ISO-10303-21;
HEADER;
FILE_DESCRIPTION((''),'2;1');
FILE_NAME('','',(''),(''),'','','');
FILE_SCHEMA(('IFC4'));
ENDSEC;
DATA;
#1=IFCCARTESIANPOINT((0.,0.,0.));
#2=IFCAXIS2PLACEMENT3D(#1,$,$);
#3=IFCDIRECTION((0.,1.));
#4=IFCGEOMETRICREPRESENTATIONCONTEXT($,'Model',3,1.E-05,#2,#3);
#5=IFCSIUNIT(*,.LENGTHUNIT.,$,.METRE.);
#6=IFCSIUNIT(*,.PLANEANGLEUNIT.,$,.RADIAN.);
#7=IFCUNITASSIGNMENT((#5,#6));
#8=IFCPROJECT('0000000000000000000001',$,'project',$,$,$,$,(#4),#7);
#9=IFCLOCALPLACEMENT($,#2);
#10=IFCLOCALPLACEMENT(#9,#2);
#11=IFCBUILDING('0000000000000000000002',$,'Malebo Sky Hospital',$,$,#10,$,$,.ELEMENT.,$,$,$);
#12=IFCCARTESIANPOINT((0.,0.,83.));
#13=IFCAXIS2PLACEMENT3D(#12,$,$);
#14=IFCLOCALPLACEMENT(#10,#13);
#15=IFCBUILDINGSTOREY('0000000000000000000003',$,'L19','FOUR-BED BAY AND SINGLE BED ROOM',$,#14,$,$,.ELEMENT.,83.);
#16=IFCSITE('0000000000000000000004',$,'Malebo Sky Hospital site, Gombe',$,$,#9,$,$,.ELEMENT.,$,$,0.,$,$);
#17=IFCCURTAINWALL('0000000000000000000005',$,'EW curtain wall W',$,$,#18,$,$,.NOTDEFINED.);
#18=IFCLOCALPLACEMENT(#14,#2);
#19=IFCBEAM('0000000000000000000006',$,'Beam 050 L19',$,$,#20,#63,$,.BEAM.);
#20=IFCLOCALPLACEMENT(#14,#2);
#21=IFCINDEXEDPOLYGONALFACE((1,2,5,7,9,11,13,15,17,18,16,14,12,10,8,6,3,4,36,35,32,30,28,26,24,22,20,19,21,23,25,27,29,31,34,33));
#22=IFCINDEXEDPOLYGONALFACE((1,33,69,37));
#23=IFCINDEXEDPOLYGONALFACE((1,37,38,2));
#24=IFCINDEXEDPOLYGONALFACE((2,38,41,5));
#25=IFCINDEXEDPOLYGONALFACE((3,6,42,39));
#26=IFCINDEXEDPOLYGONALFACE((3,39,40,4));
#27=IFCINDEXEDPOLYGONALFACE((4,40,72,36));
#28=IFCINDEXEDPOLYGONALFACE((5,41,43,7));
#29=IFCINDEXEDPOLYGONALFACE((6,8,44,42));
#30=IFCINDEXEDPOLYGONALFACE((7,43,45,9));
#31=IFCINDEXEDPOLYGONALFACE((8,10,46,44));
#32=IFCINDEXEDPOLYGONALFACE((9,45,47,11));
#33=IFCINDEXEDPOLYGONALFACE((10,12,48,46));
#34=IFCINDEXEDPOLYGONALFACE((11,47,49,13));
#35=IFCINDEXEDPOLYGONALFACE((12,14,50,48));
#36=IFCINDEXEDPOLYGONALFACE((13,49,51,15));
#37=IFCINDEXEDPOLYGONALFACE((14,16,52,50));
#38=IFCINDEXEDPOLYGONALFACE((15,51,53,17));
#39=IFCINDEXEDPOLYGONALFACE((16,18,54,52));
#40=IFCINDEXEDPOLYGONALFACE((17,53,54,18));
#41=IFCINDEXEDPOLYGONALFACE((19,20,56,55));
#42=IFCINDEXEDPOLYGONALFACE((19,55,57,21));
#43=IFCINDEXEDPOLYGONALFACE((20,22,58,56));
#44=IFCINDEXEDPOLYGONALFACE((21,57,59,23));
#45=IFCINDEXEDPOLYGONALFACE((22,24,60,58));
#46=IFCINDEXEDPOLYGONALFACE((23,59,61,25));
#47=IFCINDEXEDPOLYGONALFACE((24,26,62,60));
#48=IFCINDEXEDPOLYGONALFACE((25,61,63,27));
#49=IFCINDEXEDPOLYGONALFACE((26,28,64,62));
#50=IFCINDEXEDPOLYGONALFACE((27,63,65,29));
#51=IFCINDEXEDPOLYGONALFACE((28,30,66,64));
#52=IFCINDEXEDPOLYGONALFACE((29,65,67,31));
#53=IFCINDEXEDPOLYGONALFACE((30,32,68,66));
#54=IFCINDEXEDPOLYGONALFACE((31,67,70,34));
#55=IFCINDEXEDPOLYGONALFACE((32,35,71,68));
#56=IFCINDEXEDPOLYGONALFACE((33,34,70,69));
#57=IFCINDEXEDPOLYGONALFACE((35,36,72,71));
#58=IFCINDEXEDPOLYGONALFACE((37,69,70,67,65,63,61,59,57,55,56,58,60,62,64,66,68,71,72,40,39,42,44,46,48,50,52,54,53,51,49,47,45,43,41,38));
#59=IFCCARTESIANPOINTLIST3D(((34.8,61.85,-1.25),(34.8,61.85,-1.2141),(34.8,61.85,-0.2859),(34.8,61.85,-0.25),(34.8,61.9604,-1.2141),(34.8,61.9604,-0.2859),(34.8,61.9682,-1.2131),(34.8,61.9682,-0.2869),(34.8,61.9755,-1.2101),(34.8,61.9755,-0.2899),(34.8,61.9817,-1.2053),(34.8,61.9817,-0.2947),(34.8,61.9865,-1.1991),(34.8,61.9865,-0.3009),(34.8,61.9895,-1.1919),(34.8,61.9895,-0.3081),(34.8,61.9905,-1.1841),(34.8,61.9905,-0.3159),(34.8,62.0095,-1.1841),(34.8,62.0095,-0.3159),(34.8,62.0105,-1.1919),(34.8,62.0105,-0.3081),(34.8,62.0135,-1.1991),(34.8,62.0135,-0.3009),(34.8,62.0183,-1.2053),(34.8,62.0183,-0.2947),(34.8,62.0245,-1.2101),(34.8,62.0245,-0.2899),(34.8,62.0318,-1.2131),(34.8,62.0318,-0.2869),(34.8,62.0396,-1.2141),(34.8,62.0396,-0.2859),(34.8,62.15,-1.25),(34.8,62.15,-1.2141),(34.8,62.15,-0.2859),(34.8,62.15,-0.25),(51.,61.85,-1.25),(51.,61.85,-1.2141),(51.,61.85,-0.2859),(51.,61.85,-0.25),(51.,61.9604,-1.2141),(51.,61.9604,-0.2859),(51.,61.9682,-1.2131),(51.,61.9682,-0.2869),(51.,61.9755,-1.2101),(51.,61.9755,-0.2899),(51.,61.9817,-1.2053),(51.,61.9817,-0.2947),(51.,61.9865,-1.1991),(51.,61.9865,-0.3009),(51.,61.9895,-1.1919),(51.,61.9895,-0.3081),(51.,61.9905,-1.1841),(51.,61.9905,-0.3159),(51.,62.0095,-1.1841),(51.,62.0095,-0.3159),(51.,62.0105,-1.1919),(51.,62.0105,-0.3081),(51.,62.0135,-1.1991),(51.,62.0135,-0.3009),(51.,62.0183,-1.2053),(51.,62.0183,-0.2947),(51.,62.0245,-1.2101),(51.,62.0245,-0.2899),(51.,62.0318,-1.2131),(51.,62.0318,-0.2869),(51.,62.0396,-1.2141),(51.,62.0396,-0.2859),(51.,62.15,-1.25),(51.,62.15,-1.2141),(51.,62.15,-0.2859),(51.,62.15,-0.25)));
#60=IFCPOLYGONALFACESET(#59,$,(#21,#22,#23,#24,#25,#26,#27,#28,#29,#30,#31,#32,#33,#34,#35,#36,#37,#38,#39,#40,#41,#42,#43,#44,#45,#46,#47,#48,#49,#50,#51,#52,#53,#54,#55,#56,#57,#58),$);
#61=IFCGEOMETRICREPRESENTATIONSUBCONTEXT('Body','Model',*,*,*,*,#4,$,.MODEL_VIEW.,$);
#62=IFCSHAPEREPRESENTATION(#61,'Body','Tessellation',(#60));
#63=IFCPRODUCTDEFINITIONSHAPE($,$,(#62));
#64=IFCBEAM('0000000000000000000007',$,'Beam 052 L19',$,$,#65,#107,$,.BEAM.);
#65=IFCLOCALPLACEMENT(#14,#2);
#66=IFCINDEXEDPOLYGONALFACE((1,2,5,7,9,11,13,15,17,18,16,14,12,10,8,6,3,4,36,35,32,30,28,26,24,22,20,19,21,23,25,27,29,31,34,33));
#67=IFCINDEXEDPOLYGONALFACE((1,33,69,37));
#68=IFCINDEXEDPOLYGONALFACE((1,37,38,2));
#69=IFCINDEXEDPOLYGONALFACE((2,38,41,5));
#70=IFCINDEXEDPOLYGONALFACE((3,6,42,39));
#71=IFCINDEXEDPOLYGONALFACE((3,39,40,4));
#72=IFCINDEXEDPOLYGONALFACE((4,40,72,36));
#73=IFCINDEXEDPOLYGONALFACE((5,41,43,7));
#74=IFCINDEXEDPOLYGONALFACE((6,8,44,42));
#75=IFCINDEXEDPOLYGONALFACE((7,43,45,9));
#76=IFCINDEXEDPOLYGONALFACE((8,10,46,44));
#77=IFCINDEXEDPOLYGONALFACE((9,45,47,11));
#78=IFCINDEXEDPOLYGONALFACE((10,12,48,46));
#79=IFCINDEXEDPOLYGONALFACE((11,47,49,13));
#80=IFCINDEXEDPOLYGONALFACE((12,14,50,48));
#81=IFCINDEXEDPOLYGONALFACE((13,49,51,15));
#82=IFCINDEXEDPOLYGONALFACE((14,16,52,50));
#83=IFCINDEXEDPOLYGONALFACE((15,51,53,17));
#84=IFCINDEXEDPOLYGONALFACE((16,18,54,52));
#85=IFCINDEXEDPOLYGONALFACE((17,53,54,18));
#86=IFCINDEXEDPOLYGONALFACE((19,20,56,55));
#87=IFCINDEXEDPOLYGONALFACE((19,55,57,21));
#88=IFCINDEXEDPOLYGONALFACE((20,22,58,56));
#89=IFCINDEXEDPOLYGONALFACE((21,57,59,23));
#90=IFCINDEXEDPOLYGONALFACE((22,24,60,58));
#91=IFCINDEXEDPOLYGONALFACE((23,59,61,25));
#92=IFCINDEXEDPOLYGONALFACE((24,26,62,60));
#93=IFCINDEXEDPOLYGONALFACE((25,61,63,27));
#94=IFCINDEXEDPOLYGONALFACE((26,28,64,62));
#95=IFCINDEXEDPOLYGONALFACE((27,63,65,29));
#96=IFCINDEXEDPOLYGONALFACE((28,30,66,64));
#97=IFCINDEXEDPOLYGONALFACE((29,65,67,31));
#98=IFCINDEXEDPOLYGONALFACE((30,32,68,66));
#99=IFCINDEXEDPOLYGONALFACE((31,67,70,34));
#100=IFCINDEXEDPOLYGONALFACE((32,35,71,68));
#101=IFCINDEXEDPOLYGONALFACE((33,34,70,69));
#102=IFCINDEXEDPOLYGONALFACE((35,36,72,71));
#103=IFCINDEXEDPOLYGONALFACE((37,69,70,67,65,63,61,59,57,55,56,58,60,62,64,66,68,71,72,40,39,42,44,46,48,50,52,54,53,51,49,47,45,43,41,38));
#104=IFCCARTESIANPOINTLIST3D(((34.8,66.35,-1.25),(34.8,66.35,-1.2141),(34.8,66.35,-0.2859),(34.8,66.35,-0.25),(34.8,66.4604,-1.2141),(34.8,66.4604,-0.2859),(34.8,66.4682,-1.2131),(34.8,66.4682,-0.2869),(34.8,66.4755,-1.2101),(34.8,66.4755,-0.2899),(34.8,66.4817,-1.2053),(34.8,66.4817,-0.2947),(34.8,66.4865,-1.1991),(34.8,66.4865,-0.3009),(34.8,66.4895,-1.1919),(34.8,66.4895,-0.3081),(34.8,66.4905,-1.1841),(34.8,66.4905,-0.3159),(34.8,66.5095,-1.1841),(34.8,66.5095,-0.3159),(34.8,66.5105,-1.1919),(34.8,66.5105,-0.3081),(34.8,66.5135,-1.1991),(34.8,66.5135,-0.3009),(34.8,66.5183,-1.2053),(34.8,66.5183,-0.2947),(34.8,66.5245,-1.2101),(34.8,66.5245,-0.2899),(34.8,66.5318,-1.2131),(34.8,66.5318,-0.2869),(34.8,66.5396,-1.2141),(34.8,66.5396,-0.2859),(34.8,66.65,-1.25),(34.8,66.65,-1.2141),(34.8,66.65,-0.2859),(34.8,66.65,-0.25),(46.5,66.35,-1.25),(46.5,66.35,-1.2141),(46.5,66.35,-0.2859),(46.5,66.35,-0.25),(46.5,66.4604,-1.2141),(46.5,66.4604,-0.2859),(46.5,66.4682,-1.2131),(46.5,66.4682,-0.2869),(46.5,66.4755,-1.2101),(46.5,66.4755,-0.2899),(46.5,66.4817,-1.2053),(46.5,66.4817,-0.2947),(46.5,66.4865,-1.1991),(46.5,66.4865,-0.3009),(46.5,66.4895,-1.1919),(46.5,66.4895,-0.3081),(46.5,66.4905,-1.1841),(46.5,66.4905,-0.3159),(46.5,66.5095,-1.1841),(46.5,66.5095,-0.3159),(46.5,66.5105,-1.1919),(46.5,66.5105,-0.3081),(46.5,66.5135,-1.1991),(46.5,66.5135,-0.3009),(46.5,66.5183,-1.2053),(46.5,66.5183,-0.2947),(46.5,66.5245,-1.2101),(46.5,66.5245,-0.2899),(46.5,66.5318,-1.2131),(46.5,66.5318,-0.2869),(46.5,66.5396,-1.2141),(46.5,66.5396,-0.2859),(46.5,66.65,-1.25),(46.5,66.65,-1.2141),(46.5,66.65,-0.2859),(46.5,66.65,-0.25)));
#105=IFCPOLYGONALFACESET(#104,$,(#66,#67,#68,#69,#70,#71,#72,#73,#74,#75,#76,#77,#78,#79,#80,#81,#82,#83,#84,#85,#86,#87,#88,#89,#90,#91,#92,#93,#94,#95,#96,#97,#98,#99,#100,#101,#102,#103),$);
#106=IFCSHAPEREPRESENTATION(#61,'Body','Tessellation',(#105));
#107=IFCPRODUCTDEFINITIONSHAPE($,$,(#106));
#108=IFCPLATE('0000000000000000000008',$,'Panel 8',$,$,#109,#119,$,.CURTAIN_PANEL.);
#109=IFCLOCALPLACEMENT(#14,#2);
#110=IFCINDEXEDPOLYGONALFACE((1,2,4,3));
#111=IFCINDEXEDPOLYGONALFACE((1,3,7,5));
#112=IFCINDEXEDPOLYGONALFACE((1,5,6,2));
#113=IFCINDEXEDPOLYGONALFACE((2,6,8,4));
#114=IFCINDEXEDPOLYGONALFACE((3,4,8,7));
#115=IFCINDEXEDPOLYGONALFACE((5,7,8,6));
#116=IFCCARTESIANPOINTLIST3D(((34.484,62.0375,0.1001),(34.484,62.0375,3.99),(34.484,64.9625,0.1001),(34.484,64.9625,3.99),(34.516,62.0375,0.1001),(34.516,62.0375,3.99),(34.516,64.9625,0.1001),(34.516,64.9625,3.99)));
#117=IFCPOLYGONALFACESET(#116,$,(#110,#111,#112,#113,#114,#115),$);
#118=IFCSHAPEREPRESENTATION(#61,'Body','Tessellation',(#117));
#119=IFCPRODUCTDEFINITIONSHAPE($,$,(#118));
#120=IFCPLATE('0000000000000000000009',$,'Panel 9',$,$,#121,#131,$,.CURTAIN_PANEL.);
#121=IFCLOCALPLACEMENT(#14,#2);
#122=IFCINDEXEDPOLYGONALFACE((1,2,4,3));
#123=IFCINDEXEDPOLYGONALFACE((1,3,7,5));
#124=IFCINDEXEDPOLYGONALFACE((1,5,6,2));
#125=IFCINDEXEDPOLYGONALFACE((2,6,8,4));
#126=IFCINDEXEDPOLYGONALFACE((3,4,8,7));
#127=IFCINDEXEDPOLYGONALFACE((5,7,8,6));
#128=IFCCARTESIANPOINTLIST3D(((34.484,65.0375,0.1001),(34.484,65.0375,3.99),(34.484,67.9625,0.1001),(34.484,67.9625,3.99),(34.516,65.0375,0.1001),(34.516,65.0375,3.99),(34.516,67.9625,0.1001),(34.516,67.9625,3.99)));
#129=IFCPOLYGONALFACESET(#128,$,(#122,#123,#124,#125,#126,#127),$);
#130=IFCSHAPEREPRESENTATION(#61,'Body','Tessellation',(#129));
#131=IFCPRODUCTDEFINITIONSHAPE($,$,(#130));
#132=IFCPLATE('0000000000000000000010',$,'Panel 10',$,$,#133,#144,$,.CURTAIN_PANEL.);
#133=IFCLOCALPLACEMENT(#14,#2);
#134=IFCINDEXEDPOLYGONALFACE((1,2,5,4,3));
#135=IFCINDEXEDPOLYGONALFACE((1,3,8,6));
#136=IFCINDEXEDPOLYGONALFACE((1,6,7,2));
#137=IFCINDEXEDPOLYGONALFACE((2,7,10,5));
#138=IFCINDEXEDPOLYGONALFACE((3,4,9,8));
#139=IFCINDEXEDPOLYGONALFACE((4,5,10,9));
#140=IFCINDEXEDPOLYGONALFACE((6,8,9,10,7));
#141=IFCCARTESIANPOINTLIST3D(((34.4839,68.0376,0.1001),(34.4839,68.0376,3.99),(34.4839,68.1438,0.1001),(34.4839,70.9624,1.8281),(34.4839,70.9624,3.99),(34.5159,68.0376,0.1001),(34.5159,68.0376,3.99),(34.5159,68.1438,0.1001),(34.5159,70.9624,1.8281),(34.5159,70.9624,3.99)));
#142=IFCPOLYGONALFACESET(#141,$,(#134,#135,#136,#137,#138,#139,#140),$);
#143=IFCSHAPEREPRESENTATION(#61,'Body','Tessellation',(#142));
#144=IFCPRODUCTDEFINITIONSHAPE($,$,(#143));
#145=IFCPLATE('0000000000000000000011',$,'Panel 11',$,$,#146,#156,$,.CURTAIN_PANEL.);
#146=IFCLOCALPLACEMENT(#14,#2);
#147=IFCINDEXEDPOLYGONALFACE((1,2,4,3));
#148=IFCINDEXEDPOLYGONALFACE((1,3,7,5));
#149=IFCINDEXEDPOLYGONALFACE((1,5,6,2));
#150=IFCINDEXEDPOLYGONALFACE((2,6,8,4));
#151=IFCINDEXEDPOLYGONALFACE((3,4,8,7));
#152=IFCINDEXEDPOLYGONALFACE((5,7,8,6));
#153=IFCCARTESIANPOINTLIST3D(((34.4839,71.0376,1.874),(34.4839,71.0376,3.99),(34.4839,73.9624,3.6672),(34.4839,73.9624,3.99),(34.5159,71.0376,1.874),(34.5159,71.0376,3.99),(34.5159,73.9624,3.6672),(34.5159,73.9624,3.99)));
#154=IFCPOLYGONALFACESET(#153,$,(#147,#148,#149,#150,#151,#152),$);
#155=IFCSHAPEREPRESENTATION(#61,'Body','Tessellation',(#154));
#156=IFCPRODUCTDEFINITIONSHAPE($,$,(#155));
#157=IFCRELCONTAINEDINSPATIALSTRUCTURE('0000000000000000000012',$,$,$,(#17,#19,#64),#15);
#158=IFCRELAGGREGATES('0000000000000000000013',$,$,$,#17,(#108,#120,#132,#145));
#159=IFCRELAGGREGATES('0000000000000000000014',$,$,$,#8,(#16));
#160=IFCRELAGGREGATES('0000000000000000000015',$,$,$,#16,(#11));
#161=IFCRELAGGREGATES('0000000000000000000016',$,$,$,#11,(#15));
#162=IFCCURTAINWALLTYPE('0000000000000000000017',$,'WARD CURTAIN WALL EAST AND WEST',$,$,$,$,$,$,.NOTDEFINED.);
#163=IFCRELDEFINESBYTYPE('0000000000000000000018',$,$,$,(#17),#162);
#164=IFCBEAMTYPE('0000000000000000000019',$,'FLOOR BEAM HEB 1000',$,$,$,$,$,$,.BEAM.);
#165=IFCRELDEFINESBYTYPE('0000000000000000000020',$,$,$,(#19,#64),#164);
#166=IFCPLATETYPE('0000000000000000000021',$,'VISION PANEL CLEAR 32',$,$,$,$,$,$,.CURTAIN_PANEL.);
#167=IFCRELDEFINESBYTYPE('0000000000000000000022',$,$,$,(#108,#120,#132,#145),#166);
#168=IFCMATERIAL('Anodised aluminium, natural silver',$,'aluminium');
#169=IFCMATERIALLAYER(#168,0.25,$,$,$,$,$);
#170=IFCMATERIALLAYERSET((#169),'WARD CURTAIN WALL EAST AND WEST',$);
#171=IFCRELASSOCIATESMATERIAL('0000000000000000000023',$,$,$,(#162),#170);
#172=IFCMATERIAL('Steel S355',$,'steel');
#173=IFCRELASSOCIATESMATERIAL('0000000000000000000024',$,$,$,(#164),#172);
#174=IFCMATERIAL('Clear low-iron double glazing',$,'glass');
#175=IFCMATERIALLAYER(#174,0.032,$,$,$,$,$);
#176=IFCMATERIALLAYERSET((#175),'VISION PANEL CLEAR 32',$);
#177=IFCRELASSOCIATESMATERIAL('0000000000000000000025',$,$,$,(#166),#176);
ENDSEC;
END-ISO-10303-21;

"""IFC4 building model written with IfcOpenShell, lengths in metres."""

from ifc_helpers import new_model, si_unit, direction, frame, origin, origin_2d, place, context, subcontext, project, spatial, polyline, rectangle, i_section, outline, extrude, material, layer, layer_set, material_profile, profile_set, type_object, element, aggregate, save


model = new_model("IFC4")

# Units and contexts
model_context = context("Model", 3, precision=1e-05, world=origin(), true_north=direction((0.0, 1.0)))
body_context = subcontext(model_context, "Body", "Model", "MODEL_VIEW")
ifc_project = project(units=[si_unit("LENGTHUNIT", "METRE"), si_unit("PLANEANGLEUNIT", "RADIAN")], contexts=[model_context])

# Site, building, storey
site_placement = place(None, origin())
site = spatial("IfcSite", under=ifc_project, at=site_placement, Name="Malebo Sky Hospital site, Gombe", CompositionType="ELEMENT", RefElevation=0.0)
building_placement = place(site_placement, origin())
building = spatial("IfcBuilding", under=site, at=building_placement, Name="Malebo Sky Hospital", CompositionType="ELEMENT")
storey_placement = place(building_placement, frame((0.0, 0.0, 83.0)))
storey = spatial("IfcBuildingStorey", under=building, at=storey_placement, Name="L19", Description="FOUR-BED BAY AND SINGLE BED ROOM", CompositionType="ELEMENT", Elevation=83.0)

# Curtain wall
ifc_material_1 = material(Name="Anodised aluminium, natural silver", Category="aluminium")
ifc_layer_1 = layer(ifc_material_1, 0.25)
ifc_layer_set_1 = layer_set([ifc_layer_1], Name="WARD CURTAIN WALL EAST AND WEST")
curtain_wall_type = type_object("IfcCurtainWallType", Name="WARD CURTAIN WALL EAST AND WEST", PredefinedType="NOTDEFINED", material=ifc_layer_set_1)
curtain_wall_placement = place(storey_placement, origin())
curtain_wall = element("IfcCurtainWall", 1, at=curtain_wall_placement, inside=storey, type_object=curtain_wall_type, Name="EW curtain wall W", PredefinedType="NOTDEFINED")

# Shared definitions
ifc_material_2 = material(Name="Steel S355", Category="steel")

# Beams
ifc_material_profile_1 = material_profile(ifc_material_2, i_section(OverallWidth=0.3, OverallDepth=1.0, WebThickness=0.019, FlangeThickness=0.0359, FilletRadius=0.03, at=origin_2d()), Name="HEB 1000")
ifc_profile_set_1 = profile_set([ifc_material_profile_1], Name="Steel S355")
beam_type_1 = type_object("IfcBeamType", Name="FLOOR BEAM HEB 1000", PredefinedType="BEAM", material=ifc_profile_set_1)
beam_1_placement = place(storey_placement, frame((34.8, 62.0, -0.75), z_axis=(1.0, 0.0, 0.0), x_axis=(0.0, 1.0, 0.0)))
element("IfcBeam", 2, at=beam_1_placement, inside=storey, type_object=beam_type_1, Name="Beam 050 L19", PredefinedType="BEAM", context=body_context, shape_type="SweptSolid", body=[
    extrude(i_section(OverallWidth=0.3, OverallDepth=1.0, WebThickness=0.019, FlangeThickness=0.0359, FilletRadius=0.03, at=origin_2d()), origin(), (0.0, 0.0, 1.0), 16.2),
])
beam_2_placement = place(storey_placement, frame((34.8, 66.5, -0.75), z_axis=(1.0, 0.0, 0.0), x_axis=(0.0, 1.0, 0.0)))
element("IfcBeam", 3, at=beam_2_placement, inside=storey, type_object=beam_type_1, Name="Beam 052 L19", PredefinedType="BEAM", context=body_context, shape_type="SweptSolid", body=[
    extrude(i_section(OverallWidth=0.3, OverallDepth=1.0, WebThickness=0.019, FlangeThickness=0.0359, FilletRadius=0.03, at=origin_2d()), origin(), (0.0, 0.0, 1.0), 11.7),
])

# Plates
ifc_material_3 = material(Name="Clear low-iron double glazing", Category="glass")
ifc_layer_2 = layer(ifc_material_3, 0.032)
ifc_layer_set_2 = layer_set([ifc_layer_2], Name="VISION PANEL CLEAR 32")
plate_type = type_object("IfcPlateType", Name="VISION PANEL CLEAR 32", PredefinedType="CURTAIN_PANEL", material=ifc_layer_set_2)
plate_1_placement = place(storey_placement, frame((34.5, 63.5, 0.1001), z_axis=(0.0, 0.0, 1.0), x_axis=(0.0, 1.0, 0.0)))
plate_1 = element("IfcPlate", 4, at=plate_1_placement, type_object=plate_type, Name="Panel 8", PredefinedType="CURTAIN_PANEL", context=body_context, shape_type="SweptSolid", body=[
    extrude(rectangle(XDim=2.925, YDim=0.032, at=origin_2d()), origin(), (0.0, 0.0, 1.0), 3.8899),
])
plate_2_placement = place(storey_placement, frame((34.5, 66.5, 0.1001), z_axis=(0.0, 0.0, 1.0), x_axis=(0.0, 1.0, 0.0)))
plate_2 = element("IfcPlate", 5, at=plate_2_placement, type_object=plate_type, Name="Panel 9", PredefinedType="CURTAIN_PANEL", context=body_context, shape_type="SweptSolid", body=[
    extrude(rectangle(XDim=2.925, YDim=0.032, at=origin_2d()), origin(), (0.0, 0.0, 1.0), 3.8899),
])
plate_3_placement = place(storey_placement, frame((34.5, 69.5, 0.1001), z_axis=(0.0, 0.0, 1.0), x_axis=(0.0, 1.0, 0.0)))
plate_3 = element("IfcPlate", 6, at=plate_3_placement, type_object=plate_type, Name="Panel 10", PredefinedType="CURTAIN_PANEL", context=body_context, shape_type="SweptSolid", body=[
    extrude(outline(polyline([(-1.4624, 0.0), (-1.3562, 0.0), (1.4624, 1.728), (1.4624, 3.8899), (-1.4624, 3.8899), (-1.4624, 0.0)])), frame((0.0, 0.0161, 0.0), z_axis=(0.0, -1.0, 0.0), x_axis=(1.0, 0.0, 0.0)), (0.0, 0.0, 1.0), 0.032),
])
plate_4_placement = place(storey_placement, frame((34.5, 72.5, 1.874), z_axis=(0.0, 0.0, 1.0), x_axis=(0.0, 1.0, 0.0)))
plate_4 = element("IfcPlate", 7, at=plate_4_placement, type_object=plate_type, Name="Panel 11", PredefinedType="CURTAIN_PANEL", context=body_context, shape_type="SweptSolid", body=[
    extrude(outline(polyline([(-1.4624, 0.0), (1.4624, 1.7932), (1.4624, 2.116), (-1.4624, 2.116), (-1.4624, 0.0)])), frame((0.0, 0.0161, 0.0), z_axis=(0.0, -1.0, 0.0), x_axis=(1.0, 0.0, 0.0)), (0.0, 0.0, 1.0), 0.032),
])
aggregate(curtain_wall, [plate_1, plate_2, plate_3, plate_4])

save(model, "model.ifc")
